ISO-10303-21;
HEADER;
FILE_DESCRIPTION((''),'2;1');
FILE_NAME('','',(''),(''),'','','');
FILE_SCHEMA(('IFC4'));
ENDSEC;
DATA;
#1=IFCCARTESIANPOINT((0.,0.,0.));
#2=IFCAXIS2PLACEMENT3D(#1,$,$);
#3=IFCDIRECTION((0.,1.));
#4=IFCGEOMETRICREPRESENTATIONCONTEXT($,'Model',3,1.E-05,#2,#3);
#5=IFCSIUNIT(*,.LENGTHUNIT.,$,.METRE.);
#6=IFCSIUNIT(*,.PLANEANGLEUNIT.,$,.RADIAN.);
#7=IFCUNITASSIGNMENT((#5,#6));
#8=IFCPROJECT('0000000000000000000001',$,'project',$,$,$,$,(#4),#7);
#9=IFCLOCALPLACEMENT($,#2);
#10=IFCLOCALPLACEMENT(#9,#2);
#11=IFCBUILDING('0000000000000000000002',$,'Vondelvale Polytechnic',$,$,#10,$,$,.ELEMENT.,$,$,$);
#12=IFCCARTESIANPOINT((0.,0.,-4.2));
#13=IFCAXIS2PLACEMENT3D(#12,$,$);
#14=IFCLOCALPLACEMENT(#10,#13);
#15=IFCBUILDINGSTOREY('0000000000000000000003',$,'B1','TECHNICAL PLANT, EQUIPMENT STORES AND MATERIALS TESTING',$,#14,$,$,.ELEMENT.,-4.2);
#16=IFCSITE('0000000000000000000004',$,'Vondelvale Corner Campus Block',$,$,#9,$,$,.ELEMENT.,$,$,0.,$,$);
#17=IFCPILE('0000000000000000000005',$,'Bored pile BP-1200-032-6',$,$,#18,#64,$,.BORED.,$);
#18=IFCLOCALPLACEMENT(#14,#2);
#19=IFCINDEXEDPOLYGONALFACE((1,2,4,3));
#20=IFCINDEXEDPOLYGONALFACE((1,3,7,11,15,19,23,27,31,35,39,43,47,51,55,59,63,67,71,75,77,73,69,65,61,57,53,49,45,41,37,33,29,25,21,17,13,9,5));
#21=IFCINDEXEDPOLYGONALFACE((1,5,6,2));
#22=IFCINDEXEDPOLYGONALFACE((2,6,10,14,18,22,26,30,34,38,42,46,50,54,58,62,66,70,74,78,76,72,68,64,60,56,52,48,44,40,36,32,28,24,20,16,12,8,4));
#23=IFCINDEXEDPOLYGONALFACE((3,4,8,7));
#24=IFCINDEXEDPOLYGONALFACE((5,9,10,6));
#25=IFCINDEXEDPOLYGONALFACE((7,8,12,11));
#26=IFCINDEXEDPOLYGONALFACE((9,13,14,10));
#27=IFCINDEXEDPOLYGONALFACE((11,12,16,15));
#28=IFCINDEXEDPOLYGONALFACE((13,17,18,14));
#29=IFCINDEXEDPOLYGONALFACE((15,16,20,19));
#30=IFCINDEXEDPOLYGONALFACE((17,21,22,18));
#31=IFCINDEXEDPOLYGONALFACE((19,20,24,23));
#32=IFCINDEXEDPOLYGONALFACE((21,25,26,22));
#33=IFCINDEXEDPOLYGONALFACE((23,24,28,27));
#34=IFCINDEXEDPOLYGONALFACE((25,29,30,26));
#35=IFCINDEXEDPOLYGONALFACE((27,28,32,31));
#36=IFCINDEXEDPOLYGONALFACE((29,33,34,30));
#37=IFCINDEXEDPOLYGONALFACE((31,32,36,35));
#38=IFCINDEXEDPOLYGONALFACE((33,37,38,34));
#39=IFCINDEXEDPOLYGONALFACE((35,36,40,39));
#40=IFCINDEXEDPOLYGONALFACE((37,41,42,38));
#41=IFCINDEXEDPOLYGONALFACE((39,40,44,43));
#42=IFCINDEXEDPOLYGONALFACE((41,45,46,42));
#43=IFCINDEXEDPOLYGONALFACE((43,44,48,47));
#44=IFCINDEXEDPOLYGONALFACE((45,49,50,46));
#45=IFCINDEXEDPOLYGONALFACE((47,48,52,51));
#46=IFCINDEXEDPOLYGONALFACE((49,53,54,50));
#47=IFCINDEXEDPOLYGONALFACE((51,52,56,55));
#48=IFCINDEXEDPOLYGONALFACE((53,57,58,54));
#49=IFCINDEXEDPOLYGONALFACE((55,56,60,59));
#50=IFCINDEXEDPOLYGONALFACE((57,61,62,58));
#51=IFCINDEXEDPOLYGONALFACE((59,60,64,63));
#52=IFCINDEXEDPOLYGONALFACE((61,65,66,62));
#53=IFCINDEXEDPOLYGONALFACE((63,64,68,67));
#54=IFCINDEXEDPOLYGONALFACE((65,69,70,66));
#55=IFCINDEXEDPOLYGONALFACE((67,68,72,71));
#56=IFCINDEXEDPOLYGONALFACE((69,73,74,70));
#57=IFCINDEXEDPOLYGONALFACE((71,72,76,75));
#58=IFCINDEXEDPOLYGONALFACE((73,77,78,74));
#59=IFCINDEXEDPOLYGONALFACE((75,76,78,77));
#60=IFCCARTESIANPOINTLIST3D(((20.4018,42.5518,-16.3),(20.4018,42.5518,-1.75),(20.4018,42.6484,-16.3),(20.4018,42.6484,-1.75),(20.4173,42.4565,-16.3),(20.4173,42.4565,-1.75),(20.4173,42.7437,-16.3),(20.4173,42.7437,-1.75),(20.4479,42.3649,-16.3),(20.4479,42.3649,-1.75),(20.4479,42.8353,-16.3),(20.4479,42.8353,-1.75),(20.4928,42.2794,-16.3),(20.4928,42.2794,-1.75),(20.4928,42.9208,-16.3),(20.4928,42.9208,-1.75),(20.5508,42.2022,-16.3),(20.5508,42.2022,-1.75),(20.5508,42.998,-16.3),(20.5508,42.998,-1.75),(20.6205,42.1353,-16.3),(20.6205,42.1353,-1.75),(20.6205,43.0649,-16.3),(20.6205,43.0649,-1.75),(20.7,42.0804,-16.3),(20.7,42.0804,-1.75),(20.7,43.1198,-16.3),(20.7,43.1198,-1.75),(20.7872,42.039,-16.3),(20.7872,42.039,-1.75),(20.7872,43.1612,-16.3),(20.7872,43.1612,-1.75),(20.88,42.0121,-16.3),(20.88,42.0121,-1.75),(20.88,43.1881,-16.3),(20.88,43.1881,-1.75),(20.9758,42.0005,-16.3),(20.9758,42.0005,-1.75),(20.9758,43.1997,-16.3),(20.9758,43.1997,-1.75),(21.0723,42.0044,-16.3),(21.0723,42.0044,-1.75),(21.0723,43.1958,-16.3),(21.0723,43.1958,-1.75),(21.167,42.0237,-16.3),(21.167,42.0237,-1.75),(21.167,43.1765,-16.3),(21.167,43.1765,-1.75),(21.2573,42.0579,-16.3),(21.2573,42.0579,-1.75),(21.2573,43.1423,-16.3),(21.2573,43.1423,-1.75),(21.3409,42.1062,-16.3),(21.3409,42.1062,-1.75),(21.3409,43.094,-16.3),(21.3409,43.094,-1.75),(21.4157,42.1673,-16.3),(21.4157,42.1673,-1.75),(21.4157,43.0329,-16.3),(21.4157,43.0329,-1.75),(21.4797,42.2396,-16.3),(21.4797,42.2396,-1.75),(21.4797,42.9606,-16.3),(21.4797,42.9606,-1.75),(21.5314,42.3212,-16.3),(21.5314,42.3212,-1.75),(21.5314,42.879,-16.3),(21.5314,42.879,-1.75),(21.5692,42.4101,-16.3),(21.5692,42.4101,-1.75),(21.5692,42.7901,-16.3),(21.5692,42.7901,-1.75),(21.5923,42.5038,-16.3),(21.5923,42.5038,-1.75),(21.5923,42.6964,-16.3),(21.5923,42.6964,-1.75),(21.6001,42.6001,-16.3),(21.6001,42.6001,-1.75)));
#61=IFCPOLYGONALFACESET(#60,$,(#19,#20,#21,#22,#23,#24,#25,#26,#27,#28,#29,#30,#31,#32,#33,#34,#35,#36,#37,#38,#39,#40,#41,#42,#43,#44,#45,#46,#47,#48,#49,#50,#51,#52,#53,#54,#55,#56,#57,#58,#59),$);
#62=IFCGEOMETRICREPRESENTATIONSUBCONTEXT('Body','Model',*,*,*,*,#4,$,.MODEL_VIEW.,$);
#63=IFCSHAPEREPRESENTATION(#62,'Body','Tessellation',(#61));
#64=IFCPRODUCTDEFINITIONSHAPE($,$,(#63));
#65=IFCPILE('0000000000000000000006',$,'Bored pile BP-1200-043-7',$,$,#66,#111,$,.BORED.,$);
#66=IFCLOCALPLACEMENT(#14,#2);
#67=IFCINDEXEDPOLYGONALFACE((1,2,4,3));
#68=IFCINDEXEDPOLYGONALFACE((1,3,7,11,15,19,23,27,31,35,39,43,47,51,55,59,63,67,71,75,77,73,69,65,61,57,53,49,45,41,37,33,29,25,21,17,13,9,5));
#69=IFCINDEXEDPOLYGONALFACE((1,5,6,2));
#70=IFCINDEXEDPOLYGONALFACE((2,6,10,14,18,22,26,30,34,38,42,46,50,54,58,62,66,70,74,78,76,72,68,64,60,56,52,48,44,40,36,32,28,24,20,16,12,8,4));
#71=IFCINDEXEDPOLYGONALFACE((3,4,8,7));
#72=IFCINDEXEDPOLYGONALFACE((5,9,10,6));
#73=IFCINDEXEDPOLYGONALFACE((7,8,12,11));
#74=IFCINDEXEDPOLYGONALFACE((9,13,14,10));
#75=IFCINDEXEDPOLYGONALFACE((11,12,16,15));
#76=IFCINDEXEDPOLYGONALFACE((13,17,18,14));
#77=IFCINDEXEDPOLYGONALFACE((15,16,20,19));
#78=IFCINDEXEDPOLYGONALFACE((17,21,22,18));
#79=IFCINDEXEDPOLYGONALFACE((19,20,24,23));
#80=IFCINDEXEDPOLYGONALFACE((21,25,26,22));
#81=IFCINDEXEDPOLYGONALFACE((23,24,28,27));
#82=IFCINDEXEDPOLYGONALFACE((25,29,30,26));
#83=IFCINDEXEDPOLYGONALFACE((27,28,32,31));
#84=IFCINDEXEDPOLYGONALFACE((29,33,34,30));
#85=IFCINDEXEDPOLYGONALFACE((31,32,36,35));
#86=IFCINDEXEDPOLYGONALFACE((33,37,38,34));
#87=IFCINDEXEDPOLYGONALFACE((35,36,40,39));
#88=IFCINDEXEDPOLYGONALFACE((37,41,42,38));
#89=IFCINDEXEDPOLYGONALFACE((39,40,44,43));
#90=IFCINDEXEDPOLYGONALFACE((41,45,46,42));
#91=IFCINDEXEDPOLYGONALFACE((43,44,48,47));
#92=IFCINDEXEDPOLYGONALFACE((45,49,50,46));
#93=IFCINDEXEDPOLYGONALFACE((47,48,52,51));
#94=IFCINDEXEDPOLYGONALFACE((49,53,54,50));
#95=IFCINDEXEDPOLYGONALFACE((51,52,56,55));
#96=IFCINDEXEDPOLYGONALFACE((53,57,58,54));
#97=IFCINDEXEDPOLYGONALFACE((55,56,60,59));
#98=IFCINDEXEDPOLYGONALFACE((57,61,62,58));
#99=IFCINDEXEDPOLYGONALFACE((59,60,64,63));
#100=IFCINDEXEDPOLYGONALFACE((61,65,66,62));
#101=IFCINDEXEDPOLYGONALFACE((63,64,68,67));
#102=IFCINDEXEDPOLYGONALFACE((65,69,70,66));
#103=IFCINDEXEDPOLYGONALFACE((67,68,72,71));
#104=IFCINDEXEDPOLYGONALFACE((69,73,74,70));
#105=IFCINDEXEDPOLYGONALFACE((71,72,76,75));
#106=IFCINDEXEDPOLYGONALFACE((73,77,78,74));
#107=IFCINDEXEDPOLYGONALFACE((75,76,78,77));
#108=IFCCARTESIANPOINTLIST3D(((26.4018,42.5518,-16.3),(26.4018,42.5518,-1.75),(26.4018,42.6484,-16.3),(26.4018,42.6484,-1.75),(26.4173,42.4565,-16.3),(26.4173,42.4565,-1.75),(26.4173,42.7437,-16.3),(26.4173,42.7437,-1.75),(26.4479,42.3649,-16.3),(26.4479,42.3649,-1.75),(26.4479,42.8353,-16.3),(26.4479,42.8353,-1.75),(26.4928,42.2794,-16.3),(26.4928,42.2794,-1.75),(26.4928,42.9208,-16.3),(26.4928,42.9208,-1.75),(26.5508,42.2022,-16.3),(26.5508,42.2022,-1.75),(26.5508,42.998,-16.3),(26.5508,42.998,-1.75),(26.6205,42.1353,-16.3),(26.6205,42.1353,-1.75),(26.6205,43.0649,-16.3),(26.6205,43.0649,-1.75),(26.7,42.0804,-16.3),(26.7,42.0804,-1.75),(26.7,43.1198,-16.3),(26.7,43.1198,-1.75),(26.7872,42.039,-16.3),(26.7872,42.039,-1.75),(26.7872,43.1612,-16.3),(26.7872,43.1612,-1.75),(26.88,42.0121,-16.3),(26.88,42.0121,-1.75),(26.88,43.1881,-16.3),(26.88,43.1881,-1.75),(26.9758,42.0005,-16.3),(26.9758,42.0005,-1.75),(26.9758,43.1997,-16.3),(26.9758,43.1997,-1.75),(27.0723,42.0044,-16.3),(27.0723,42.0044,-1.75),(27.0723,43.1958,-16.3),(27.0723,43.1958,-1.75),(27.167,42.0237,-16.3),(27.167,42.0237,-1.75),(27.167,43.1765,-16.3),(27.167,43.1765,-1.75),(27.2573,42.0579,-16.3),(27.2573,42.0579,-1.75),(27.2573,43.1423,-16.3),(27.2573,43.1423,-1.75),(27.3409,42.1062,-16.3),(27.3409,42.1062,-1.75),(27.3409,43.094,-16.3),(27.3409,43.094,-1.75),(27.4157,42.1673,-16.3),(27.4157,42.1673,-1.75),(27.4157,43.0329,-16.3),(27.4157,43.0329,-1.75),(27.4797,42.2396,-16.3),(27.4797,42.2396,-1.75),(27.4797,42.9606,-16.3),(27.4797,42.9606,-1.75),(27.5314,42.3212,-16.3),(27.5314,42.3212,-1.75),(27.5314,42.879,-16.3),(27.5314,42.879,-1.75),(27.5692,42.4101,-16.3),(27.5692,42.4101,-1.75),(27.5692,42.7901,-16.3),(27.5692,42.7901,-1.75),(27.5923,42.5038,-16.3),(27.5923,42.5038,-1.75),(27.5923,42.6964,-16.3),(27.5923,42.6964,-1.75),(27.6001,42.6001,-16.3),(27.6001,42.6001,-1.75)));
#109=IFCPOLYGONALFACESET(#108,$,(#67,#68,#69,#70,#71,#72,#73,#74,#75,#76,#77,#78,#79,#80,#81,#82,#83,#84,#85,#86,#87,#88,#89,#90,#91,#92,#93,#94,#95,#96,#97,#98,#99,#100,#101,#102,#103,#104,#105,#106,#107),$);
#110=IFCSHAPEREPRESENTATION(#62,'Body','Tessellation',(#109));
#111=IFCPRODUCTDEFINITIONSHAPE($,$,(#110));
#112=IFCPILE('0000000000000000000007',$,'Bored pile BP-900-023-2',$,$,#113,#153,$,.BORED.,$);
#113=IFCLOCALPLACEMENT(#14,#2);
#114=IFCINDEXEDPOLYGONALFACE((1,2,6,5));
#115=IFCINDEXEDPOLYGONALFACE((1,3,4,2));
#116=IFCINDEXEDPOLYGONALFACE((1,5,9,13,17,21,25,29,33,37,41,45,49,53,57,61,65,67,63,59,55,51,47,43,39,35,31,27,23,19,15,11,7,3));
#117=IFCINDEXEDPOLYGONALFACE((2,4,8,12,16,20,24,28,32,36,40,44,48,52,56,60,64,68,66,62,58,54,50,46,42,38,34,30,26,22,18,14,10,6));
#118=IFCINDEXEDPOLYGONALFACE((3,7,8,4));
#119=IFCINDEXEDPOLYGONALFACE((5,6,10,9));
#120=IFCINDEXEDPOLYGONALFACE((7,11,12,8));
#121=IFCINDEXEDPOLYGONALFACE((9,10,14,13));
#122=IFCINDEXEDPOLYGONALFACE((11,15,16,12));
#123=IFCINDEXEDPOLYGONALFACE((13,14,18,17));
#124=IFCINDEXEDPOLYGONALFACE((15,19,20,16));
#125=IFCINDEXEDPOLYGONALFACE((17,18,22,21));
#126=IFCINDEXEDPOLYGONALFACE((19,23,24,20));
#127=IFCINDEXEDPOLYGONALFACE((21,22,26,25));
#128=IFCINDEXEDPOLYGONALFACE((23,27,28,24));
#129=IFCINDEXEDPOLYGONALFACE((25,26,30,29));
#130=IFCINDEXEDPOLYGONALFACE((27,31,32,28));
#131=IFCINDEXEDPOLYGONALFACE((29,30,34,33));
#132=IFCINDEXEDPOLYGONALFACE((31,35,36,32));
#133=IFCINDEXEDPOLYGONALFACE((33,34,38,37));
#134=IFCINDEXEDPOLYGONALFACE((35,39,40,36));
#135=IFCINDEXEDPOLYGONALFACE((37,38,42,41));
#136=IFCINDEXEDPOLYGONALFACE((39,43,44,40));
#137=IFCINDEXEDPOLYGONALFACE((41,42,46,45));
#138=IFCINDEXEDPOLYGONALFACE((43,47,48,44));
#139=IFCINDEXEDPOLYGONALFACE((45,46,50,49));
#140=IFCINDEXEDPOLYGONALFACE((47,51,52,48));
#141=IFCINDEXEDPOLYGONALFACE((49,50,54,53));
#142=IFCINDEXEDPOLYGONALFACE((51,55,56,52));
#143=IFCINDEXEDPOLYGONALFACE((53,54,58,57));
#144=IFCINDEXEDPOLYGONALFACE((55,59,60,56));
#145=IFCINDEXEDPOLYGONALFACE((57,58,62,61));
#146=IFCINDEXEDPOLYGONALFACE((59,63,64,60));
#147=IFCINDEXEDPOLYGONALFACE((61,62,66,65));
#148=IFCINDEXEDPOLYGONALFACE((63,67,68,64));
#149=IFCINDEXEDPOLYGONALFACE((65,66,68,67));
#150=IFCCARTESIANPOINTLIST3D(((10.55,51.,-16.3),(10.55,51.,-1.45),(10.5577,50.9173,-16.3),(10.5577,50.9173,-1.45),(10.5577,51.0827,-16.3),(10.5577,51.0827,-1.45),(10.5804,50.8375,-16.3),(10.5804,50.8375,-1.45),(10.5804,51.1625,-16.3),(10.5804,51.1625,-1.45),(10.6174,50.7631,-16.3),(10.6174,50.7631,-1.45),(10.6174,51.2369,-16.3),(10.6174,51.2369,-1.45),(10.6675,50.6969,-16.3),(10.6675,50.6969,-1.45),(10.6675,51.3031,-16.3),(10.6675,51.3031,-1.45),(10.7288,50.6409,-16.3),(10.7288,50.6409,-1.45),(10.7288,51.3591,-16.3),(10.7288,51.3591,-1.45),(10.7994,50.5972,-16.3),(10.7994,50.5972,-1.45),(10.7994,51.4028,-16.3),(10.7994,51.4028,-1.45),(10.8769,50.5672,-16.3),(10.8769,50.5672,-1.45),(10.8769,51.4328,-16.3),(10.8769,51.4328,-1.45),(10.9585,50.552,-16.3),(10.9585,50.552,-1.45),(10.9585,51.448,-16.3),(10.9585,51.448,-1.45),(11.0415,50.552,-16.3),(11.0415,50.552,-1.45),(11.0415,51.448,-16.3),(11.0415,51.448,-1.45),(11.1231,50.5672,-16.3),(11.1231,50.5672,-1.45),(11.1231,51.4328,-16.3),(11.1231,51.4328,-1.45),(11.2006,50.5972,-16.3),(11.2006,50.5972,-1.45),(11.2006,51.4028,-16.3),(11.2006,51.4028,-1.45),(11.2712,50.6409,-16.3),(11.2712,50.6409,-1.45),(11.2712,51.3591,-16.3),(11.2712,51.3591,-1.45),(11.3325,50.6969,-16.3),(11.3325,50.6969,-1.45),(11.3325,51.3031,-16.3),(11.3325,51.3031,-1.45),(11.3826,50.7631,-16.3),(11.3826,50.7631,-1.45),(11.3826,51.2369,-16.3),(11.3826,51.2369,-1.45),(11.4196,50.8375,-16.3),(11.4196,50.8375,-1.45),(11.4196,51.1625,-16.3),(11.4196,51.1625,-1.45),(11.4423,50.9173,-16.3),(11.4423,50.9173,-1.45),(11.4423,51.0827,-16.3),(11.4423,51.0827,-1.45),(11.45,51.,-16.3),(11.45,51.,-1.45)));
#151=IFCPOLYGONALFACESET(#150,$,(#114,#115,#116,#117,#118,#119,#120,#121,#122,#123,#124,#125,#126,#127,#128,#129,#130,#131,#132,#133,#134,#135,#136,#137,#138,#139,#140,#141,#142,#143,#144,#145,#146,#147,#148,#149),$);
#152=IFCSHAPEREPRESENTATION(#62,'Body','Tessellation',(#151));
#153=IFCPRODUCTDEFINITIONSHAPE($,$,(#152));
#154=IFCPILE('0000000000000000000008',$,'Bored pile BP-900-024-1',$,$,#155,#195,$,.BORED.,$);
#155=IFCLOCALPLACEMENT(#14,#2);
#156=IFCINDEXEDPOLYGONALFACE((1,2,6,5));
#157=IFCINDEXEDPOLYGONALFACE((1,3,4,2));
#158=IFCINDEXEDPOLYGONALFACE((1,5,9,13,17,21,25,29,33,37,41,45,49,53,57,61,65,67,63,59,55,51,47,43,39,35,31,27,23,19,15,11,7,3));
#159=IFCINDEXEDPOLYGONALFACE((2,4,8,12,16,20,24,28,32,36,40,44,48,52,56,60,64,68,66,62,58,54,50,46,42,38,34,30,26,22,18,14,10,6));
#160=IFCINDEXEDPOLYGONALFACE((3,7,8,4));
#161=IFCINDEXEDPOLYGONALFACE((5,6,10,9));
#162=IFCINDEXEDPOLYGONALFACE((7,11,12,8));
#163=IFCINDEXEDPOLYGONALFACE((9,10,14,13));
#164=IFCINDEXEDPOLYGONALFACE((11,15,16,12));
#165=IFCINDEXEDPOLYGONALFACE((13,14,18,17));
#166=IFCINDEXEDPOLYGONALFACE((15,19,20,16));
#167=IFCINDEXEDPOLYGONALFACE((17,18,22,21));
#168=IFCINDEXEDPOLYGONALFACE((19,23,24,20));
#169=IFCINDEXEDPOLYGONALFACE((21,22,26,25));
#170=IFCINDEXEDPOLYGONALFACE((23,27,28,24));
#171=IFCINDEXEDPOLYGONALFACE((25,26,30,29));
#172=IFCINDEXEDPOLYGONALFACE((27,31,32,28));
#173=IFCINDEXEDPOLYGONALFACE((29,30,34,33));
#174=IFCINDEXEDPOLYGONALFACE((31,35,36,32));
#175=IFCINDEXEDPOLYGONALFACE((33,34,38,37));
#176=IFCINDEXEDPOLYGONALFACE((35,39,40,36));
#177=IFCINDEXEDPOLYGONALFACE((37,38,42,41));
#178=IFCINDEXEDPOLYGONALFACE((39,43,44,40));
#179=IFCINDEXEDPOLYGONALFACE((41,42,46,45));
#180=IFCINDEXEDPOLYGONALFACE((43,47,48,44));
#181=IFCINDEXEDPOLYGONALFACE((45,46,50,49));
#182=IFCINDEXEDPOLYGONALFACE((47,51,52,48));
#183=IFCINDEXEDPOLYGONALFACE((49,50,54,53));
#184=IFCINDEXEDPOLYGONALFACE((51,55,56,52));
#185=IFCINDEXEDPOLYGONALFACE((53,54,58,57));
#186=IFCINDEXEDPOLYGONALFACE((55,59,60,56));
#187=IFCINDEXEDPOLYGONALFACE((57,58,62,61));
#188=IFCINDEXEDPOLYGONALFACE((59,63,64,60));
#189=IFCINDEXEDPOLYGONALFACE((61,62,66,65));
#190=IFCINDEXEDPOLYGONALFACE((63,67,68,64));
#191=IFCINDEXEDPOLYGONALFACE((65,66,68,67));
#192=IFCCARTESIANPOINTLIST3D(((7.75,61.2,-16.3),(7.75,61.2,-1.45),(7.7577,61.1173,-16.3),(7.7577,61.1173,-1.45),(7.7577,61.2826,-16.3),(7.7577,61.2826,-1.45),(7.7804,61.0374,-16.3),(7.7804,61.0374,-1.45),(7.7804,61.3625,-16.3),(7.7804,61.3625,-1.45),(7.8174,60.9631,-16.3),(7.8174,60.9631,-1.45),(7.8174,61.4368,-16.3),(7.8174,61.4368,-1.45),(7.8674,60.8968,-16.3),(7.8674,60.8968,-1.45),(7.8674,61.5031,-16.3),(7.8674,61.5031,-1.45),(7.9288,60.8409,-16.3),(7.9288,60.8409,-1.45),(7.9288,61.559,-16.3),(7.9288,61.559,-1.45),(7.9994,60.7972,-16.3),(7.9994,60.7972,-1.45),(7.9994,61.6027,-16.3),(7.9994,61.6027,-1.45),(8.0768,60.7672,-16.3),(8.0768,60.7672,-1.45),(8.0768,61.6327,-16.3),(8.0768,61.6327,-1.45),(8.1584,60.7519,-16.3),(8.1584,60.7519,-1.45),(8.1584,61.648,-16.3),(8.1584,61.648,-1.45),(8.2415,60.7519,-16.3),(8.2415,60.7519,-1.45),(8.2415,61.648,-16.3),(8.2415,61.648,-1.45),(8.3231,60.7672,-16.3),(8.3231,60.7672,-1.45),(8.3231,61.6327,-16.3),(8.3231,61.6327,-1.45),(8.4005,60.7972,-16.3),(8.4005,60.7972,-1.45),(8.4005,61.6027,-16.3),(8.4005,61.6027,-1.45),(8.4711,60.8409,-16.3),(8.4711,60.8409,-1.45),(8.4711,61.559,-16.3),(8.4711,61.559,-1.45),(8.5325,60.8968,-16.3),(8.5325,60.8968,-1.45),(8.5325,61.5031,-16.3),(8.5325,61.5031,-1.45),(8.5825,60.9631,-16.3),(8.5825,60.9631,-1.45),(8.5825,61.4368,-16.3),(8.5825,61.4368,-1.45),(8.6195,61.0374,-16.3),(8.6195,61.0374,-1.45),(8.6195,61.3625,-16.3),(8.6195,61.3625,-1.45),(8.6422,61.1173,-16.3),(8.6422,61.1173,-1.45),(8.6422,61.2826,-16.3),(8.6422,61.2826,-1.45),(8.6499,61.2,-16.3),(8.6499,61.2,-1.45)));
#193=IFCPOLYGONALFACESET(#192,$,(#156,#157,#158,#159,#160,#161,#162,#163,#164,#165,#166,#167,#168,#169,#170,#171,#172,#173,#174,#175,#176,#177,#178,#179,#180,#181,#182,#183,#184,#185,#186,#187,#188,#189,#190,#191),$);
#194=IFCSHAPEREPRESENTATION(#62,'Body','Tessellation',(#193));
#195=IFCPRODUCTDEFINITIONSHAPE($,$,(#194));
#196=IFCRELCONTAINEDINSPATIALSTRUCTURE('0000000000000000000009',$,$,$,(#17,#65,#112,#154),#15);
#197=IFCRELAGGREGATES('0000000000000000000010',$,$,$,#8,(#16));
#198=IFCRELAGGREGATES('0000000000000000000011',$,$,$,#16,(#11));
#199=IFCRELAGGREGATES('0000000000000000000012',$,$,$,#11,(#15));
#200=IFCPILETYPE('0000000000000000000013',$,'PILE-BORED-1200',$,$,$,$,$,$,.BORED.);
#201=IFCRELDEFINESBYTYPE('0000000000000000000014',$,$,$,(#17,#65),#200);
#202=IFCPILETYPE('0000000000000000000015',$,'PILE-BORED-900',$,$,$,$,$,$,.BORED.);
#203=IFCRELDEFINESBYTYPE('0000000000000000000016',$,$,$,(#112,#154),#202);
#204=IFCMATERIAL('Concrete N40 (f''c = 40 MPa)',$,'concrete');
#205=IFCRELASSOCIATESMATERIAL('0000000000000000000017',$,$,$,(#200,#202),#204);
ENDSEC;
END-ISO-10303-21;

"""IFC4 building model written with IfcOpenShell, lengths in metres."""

from ifc_helpers import new_model, si_unit, direction, frame, origin, origin_2d, place, context, subcontext, project, spatial, circle, extrude, material, material_profile, profile_set, type_object, element, save


model = new_model("IFC4")

# Units and contexts
model_context = context("Model", 3, precision=1e-05, world=origin(), true_north=direction((0.0, 1.0)))
body_context = subcontext(model_context, "Body", "Model", "MODEL_VIEW")
ifc_project = project(units=[si_unit("LENGTHUNIT", "METRE"), si_unit("PLANEANGLEUNIT", "RADIAN")], contexts=[model_context])

# Site, building, storey
site_placement = place(None, origin())
site = spatial("IfcSite", under=ifc_project, at=site_placement, Name="Vondelvale Corner Campus Block", CompositionType="ELEMENT", RefElevation=0.0)
building_placement = place(site_placement, origin())
building = spatial("IfcBuilding", under=site, at=building_placement, Name="Vondelvale Polytechnic", CompositionType="ELEMENT")
storey_placement = place(building_placement, frame((0.0, 0.0, -4.2)))
storey = spatial("IfcBuildingStorey", under=building, at=storey_placement, Name="B1", Description="TECHNICAL PLANT, EQUIPMENT STORES AND MATERIALS TESTING", CompositionType="ELEMENT", Elevation=-4.2)

# Shared definitions
ifc_material_1 = material(Name="Concrete N40 (f'c = 40 MPa)", Category="concrete")

# Piles
ifc_material_profile_1 = material_profile(ifc_material_1, circle(Radius=0.6001, at=origin_2d()), Name="PILE-D1200")
ifc_profile_set_1 = profile_set([ifc_material_profile_1], Name="Concrete N40 (f'c = 40 MPa)")
pile_type_1 = type_object("IfcPileType", Name="PILE-BORED-1200", PredefinedType="BORED", material=ifc_profile_set_1)
for number, where, z_axis, x_axis, name in (
    (1, (21.0, 42.6001, -1.75), (0.0, 0.0, -1.0), (1.0, 0.0, 0.0), "Bored pile BP-1200-032-6"),
    (2, (27.0, 42.6001, -1.75), (0.0, 0.0, -1.0), (1.0, 0.0, 0.0), "Bored pile BP-1200-043-7"),
):
    element("IfcPile", number, at=place(storey_placement, frame(where, z_axis=z_axis, x_axis=x_axis)), inside=storey, type_object=pile_type_1, Name=name, PredefinedType="BORED", context=body_context, shape_type="SweptSolid", body=[
        extrude(circle(Radius=0.6001, at=origin_2d()), origin(), (0.0, 0.0, 1.0), 14.55),
    ])
ifc_material_profile_2 = material_profile(ifc_material_1, circle(Radius=0.45, at=origin_2d()), Name="PILE-D900")
ifc_profile_set_2 = profile_set([ifc_material_profile_2], Name="Concrete N40 (f'c = 40 MPa)")
pile_type_2 = type_object("IfcPileType", Name="PILE-BORED-900", PredefinedType="BORED", material=ifc_profile_set_2)
for number, where, z_axis, x_axis, name in (
    (3, (11.0, 51.0, -1.45), (0.0, 0.0, -1.0), (1.0, 0.0, 0.0), "Bored pile BP-900-023-2"),
    (4, (8.2, 61.2, -1.45), (0.0, 0.0, -1.0), (1.0, 0.0, 0.0), "Bored pile BP-900-024-1"),
):
    element("IfcPile", number, at=place(storey_placement, frame(where, z_axis=z_axis, x_axis=x_axis)), inside=storey, type_object=pile_type_2, Name=name, PredefinedType="BORED", context=body_context, shape_type="SweptSolid", body=[
        extrude(circle(Radius=0.45, at=origin_2d()), origin(), (0.0, 0.0, 1.0), 14.8501),
    ])

save(model, "model.ifc")
